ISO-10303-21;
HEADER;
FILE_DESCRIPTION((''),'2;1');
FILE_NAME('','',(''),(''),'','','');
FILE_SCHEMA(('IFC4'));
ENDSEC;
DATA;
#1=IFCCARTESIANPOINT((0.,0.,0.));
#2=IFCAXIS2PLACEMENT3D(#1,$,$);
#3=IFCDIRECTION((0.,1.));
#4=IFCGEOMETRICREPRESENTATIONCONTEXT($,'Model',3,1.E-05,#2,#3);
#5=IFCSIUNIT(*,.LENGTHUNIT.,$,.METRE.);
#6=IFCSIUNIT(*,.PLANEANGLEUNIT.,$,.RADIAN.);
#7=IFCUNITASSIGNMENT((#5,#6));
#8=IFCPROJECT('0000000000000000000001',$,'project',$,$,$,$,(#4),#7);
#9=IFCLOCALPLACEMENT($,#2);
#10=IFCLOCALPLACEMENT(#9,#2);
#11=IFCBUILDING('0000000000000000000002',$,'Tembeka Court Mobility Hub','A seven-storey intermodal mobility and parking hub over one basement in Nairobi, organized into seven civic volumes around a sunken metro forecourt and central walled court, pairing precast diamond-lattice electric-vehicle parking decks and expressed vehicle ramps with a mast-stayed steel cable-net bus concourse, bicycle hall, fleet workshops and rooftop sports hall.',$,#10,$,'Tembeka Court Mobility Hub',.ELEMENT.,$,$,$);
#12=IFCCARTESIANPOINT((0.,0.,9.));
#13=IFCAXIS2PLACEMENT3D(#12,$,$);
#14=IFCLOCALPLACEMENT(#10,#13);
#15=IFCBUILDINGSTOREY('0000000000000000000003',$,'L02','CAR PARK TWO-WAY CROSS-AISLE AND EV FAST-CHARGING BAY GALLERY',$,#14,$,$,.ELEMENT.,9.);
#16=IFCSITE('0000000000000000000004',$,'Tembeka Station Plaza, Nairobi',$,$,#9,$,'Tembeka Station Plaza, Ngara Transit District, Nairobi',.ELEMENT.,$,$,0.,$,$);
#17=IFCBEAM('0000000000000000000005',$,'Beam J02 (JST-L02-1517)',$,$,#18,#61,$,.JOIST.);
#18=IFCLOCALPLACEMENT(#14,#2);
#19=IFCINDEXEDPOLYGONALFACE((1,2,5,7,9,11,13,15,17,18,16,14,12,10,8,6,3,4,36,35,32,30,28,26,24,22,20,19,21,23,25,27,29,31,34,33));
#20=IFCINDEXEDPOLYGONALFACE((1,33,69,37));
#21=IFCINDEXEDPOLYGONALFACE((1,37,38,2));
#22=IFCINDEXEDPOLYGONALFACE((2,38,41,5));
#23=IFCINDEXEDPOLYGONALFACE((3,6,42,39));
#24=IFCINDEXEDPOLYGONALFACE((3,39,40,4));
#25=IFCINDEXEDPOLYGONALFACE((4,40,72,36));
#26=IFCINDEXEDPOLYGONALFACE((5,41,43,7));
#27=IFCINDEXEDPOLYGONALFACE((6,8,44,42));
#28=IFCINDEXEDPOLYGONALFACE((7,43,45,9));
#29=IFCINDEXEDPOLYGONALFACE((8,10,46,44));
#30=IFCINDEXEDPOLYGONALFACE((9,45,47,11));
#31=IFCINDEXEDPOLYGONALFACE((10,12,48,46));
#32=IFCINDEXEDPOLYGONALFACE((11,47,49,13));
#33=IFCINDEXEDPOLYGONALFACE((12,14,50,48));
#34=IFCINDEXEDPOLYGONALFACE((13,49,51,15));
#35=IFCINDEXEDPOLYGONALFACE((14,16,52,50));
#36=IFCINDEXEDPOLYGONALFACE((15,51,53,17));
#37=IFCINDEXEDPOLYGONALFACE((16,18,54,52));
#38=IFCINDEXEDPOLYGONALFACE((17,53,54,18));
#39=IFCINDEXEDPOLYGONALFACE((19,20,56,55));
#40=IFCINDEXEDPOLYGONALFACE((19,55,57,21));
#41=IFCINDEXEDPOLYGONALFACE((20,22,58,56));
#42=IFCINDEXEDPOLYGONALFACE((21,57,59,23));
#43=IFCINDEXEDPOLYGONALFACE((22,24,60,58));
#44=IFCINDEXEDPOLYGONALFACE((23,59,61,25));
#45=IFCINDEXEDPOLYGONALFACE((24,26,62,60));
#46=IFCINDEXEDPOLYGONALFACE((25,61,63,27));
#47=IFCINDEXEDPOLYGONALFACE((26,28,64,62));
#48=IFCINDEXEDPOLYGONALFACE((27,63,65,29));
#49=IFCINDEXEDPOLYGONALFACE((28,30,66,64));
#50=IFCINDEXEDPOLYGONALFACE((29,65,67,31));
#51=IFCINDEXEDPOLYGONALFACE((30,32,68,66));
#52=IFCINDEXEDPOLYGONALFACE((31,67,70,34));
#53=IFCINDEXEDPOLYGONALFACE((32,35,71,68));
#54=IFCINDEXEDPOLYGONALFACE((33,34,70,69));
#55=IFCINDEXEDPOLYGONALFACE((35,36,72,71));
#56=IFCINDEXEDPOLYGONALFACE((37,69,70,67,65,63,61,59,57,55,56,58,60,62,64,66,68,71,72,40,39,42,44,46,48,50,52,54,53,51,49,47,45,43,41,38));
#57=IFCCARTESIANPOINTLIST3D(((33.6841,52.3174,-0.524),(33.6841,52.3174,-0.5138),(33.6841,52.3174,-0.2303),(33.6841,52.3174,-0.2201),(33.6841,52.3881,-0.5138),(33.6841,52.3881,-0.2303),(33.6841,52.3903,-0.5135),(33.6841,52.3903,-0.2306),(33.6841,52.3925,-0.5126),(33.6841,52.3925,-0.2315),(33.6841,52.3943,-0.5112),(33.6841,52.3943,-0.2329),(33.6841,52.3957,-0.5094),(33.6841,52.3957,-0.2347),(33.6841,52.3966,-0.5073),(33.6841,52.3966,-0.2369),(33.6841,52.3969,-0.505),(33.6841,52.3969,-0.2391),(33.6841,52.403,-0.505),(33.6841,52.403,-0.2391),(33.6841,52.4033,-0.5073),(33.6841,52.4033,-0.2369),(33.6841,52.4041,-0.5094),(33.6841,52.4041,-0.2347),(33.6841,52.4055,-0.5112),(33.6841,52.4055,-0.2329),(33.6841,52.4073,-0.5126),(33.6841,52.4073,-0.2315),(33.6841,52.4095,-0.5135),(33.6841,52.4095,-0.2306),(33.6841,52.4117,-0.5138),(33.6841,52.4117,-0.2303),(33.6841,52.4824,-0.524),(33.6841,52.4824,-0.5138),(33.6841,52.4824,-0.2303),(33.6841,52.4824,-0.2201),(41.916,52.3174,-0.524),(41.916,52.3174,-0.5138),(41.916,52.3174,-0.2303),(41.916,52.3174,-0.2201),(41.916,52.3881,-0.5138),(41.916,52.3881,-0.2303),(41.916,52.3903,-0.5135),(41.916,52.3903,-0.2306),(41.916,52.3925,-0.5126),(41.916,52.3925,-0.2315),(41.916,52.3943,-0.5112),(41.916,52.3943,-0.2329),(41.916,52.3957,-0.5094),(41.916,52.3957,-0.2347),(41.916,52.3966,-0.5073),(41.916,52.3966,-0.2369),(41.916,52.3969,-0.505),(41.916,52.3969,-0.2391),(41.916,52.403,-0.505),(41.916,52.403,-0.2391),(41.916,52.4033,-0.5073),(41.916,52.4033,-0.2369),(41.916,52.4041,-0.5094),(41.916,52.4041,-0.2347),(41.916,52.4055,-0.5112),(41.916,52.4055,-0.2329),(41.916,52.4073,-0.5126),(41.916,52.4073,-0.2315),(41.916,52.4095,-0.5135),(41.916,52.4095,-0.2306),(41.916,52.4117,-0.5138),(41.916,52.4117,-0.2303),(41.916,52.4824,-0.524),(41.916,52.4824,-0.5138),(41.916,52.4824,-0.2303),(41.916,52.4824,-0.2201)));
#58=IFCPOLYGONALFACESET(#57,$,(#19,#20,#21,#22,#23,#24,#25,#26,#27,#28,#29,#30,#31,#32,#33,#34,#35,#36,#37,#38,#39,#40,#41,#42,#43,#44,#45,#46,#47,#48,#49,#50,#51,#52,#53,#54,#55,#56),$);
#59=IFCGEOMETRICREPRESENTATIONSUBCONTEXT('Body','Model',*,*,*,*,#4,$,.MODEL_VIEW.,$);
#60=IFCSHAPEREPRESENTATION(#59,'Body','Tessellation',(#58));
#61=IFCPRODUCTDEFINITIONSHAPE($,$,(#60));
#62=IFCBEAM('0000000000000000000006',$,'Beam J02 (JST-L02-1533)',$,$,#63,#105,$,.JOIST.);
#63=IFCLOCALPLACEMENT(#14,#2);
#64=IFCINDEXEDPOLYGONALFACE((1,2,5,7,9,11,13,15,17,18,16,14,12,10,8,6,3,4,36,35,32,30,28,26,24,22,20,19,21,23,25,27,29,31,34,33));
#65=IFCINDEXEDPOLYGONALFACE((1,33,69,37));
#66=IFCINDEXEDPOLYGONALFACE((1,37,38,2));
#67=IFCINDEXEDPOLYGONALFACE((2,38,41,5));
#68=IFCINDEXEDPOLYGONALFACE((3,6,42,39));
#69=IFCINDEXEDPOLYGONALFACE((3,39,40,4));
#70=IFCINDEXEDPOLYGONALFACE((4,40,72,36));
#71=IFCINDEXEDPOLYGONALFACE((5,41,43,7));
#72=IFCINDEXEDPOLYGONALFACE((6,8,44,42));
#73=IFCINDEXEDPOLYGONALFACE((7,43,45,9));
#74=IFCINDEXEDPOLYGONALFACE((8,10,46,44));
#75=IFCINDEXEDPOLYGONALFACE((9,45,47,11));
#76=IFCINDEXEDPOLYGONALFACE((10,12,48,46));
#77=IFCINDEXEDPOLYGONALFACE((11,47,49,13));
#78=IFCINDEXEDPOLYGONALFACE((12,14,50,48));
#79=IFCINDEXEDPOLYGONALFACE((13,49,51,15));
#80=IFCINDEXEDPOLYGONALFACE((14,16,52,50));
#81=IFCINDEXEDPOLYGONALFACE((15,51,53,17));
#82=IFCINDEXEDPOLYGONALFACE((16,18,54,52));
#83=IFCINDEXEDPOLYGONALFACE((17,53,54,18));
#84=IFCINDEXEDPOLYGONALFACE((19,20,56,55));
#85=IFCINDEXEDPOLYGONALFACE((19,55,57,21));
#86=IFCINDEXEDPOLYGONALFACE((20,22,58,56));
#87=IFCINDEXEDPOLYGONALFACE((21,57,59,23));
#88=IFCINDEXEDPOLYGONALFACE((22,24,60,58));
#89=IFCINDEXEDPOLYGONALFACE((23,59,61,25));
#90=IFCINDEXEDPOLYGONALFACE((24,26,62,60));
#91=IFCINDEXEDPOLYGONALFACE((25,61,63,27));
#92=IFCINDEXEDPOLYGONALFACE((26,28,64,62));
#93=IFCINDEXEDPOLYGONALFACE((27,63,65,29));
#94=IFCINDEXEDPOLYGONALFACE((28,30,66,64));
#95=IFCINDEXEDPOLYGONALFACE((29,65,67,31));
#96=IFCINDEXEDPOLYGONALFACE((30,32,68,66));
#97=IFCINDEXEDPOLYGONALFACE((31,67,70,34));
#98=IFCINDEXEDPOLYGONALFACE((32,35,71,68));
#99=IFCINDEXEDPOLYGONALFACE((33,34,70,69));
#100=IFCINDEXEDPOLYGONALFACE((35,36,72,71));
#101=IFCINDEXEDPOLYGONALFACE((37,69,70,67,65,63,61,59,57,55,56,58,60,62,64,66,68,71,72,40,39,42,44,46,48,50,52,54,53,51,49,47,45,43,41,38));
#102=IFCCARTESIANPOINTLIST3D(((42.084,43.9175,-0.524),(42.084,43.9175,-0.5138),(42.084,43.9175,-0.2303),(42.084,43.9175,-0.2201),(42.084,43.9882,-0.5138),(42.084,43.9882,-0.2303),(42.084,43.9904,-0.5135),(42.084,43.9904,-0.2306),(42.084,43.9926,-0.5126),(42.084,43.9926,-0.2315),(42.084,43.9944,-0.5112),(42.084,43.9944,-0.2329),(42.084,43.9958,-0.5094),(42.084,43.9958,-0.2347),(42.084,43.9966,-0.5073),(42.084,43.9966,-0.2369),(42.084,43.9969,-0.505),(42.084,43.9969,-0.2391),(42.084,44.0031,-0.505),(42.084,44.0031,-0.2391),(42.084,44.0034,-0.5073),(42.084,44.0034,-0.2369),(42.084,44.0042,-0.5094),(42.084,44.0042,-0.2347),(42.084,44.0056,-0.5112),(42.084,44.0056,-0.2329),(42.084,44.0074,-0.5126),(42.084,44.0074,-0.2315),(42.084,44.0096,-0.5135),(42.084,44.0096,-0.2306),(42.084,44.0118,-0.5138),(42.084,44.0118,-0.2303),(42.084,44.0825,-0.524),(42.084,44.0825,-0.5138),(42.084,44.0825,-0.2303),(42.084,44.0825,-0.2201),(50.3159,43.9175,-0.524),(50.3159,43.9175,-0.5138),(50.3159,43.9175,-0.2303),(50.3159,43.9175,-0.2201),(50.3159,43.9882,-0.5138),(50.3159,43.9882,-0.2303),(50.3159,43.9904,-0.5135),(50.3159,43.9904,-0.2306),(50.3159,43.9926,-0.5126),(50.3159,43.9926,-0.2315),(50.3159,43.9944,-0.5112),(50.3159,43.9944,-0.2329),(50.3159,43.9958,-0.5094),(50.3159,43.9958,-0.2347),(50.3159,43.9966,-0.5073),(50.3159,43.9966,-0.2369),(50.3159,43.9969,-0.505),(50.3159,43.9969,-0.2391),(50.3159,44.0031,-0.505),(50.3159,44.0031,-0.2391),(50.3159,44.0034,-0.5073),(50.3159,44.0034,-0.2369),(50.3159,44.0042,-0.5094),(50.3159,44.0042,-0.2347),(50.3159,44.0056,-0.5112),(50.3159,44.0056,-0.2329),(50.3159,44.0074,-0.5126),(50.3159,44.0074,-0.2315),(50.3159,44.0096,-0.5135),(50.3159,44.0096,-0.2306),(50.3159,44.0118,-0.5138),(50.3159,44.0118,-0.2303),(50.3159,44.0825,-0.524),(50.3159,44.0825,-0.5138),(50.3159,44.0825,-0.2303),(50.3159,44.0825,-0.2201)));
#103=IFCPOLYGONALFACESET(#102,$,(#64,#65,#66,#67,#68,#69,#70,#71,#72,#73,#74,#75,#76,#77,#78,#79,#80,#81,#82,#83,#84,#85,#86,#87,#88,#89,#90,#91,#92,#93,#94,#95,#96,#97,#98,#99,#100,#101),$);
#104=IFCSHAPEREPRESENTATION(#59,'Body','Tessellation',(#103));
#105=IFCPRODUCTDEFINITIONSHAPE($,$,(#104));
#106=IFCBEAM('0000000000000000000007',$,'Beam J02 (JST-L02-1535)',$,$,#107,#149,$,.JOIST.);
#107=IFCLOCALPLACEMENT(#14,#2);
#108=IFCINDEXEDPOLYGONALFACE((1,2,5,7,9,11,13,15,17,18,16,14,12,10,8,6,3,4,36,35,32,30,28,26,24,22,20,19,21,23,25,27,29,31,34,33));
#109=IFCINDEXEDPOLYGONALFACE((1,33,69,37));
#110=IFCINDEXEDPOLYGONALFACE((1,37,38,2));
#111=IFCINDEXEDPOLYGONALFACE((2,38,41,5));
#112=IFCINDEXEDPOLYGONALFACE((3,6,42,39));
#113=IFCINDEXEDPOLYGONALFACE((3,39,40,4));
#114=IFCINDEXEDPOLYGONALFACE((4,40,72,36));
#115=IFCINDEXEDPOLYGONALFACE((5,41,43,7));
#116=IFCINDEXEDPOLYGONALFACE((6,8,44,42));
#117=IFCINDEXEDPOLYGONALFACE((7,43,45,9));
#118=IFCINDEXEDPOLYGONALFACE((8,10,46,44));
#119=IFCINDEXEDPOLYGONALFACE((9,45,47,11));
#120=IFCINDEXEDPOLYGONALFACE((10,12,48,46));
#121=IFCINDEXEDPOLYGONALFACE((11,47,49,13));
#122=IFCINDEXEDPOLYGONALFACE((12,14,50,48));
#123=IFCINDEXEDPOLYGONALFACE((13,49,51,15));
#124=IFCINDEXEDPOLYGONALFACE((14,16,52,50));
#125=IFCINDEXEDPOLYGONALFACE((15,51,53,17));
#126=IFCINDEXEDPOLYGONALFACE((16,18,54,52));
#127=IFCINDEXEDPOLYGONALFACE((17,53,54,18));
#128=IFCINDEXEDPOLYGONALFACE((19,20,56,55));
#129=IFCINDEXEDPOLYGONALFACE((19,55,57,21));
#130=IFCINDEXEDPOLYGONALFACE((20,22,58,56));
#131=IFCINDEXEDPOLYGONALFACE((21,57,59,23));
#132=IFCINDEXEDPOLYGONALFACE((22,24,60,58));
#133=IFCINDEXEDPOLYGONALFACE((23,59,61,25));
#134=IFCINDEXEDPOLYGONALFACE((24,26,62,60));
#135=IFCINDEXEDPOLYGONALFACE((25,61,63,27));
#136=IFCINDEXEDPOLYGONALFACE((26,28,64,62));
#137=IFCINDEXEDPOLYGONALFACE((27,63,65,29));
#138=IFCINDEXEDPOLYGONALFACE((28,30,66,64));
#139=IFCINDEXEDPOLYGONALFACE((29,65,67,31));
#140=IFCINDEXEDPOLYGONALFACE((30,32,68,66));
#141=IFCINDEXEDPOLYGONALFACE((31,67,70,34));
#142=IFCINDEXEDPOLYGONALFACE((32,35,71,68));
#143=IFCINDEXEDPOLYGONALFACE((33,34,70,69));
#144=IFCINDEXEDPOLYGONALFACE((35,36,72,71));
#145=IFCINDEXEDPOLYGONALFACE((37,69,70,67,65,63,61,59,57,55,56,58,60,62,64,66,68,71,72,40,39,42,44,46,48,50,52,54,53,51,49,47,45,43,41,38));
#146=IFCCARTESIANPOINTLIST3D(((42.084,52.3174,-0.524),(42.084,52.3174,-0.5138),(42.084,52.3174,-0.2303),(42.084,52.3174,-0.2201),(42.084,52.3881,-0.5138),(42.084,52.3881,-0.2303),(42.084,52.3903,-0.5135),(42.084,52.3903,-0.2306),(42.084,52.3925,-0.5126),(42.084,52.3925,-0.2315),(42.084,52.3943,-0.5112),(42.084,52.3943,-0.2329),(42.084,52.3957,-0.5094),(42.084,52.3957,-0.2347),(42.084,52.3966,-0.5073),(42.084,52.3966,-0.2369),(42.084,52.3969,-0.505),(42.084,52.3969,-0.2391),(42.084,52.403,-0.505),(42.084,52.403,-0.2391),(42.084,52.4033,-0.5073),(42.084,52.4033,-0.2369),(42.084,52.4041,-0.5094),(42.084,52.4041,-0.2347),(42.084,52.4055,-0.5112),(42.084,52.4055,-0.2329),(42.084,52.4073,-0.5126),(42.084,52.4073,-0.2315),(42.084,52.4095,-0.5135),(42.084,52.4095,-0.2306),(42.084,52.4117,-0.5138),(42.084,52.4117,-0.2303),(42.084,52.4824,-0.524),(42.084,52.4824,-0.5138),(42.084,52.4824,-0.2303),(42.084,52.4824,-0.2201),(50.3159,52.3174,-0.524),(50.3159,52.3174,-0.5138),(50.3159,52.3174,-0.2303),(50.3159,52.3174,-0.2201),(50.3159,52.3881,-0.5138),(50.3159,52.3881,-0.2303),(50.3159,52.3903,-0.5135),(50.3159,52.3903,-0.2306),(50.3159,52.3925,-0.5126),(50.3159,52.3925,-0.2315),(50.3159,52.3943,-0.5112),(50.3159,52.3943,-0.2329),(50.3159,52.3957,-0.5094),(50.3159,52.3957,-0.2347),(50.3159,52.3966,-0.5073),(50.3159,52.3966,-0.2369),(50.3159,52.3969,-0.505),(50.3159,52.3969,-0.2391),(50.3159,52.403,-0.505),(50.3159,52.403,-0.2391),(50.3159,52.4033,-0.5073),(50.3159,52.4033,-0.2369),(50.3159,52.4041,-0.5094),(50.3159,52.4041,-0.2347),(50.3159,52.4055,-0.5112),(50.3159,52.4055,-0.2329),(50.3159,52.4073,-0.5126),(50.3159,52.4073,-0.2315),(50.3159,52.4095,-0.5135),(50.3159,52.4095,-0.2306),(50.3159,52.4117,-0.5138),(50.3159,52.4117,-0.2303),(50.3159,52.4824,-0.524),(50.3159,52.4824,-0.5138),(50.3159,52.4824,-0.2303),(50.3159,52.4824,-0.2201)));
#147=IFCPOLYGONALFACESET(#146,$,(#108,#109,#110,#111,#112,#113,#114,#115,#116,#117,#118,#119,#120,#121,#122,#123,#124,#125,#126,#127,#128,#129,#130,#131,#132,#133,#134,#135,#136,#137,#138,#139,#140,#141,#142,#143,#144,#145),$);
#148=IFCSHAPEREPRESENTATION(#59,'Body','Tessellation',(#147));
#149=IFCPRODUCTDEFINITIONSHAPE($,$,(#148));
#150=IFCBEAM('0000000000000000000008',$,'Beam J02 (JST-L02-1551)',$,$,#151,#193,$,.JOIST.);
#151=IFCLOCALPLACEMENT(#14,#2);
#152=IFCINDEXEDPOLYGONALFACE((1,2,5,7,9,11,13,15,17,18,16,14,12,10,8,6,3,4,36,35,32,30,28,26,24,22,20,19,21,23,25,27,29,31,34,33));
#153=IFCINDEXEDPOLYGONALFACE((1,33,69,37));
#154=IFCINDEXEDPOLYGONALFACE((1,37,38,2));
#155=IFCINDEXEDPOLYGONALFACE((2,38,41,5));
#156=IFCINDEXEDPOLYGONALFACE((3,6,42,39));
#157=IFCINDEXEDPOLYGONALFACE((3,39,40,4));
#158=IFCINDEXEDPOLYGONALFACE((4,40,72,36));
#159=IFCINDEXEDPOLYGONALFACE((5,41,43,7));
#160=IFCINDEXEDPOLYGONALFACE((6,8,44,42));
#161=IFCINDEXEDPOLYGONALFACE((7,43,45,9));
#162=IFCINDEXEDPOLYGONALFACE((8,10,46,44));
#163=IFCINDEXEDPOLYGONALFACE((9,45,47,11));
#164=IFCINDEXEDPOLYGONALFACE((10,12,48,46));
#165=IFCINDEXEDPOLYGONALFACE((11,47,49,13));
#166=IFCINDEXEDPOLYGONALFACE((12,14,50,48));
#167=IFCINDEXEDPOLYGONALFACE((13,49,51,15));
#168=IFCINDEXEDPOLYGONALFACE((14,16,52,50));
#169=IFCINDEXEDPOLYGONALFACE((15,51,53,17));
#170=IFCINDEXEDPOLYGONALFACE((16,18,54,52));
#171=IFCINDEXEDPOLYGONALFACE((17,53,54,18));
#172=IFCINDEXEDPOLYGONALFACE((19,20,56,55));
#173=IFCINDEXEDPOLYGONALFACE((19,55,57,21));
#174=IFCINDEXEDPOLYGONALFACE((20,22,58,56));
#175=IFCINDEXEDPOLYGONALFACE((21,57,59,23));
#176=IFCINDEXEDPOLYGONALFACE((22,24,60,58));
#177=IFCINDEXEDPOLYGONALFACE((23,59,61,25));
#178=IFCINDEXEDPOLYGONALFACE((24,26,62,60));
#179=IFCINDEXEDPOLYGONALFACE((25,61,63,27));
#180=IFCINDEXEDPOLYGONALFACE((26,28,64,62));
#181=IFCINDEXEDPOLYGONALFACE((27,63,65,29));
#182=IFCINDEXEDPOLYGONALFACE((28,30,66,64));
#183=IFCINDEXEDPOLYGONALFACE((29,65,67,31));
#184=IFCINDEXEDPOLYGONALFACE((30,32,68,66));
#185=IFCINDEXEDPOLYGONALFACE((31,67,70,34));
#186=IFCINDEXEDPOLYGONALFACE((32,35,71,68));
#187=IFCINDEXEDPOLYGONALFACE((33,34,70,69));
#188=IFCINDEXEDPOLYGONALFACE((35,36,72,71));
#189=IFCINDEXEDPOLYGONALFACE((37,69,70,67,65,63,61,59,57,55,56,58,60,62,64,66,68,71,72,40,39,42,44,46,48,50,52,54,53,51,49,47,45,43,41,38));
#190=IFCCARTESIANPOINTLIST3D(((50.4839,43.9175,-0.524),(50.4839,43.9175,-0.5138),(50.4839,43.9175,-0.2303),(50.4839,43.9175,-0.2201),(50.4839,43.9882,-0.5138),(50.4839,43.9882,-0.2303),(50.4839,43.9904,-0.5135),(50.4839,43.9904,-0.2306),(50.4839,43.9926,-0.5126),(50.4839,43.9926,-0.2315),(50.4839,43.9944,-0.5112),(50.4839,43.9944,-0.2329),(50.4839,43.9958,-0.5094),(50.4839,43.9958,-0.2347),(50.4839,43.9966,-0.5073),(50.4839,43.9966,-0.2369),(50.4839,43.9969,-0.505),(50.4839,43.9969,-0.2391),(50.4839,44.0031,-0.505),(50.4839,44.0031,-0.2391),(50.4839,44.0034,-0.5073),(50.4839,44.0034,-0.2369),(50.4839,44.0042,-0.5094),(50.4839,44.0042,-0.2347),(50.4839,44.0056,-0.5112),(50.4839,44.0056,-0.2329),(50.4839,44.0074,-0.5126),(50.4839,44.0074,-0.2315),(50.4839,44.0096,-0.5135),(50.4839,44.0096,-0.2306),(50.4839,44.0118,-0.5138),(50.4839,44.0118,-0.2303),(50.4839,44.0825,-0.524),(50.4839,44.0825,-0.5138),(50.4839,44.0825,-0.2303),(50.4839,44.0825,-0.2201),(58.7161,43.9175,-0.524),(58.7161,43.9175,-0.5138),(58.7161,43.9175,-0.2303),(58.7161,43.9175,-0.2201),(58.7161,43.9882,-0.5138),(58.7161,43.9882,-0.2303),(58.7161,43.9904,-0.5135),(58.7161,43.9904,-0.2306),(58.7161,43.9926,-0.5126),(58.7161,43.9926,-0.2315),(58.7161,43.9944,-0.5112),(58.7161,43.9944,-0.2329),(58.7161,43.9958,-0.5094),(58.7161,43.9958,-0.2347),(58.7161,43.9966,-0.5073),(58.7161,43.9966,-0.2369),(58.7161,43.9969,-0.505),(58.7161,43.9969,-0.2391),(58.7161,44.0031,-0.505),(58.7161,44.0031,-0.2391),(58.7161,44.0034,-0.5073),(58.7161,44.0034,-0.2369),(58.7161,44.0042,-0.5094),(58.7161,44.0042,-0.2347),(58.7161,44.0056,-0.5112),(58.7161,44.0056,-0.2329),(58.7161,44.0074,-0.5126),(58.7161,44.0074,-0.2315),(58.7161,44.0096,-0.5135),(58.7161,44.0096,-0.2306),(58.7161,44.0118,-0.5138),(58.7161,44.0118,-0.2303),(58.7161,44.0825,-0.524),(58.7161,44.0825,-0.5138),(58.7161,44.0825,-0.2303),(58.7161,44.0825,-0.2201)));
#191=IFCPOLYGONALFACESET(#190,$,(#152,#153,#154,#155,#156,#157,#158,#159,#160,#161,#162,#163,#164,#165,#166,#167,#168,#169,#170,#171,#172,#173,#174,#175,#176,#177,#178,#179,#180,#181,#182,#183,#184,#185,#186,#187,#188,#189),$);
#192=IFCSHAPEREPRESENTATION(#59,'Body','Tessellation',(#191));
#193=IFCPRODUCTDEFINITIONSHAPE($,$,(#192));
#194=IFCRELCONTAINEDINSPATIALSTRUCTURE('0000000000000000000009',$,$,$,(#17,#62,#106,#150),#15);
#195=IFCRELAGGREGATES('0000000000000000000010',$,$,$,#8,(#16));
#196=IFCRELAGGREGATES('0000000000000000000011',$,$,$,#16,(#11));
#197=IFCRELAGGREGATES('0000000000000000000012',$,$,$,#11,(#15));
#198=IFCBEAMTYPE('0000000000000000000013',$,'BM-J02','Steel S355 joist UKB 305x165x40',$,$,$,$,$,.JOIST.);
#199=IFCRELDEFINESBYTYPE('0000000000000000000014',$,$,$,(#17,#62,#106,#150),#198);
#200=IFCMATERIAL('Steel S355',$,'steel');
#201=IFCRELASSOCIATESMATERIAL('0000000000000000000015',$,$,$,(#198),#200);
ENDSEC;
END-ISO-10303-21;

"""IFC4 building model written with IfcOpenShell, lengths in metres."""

from ifc_helpers import new_model, si_unit, direction, frame, origin, origin_2d, place, context, subcontext, project, spatial, i_section, extrude, material, material_profile, profile_set, type_object, element, save


model = new_model("IFC4")

# Units and contexts
model_context = context("Model", 3, precision=1e-05, world=origin(), true_north=direction((0.0, 1.0)))
body_context = subcontext(model_context, "Body", "Model", "MODEL_VIEW")
ifc_project = project(units=[si_unit("LENGTHUNIT", "METRE"), si_unit("PLANEANGLEUNIT", "RADIAN")], contexts=[model_context])

# Site, building, storey
site_placement = place(None, origin())
site = spatial("IfcSite", under=ifc_project, at=site_placement, Name="Tembeka Station Plaza, Nairobi", LongName="Tembeka Station Plaza, Ngara Transit District, Nairobi", CompositionType="ELEMENT", RefElevation=0.0)
building_placement = place(site_placement, origin())
building = spatial("IfcBuilding", under=site, at=building_placement, Name="Tembeka Court Mobility Hub", Description="A seven-storey intermodal mobility and parking hub over one basement in Nairobi, organized into seven civic volumes around a sunken metro forecourt and central walled court, pairing precast diamond-lattice electric-vehicle parking decks and expressed vehicle ramps with a mast-stayed steel cable-net bus concourse, bicycle hall, fleet workshops and rooftop sports hall.", LongName="Tembeka Court Mobility Hub", CompositionType="ELEMENT")
storey_placement = place(building_placement, frame((0.0, 0.0, 9.0)))
storey = spatial("IfcBuildingStorey", under=building, at=storey_placement, Name="L02", Description="CAR PARK TWO-WAY CROSS-AISLE AND EV FAST-CHARGING BAY GALLERY", CompositionType="ELEMENT", Elevation=9.0)

# Shared definitions
ifc_material_1 = material(Name="Steel S355", Category="steel")

# Beams
ifc_material_profile_1 = material_profile(ifc_material_1, i_section(OverallWidth=0.165, OverallDepth=0.304, WebThickness=0.0061, FlangeThickness=0.0103, FilletRadius=0.0088, at=origin_2d()), Name="UKB 305x165x40")
ifc_profile_set_1 = profile_set([ifc_material_profile_1], Name="Steel S355")
beam_type_1 = type_object("IfcBeamType", Name="BM-J02", Description="Steel S355 joist UKB 305x165x40", PredefinedType="JOIST", material=ifc_profile_set_1)
for number, where, z_axis, x_axis, name in (
    (1, (33.6841, 52.3999, -0.3721), (1.0, 0.0, 0.0), (0.0, 1.0, 0.0), "Beam J02 (JST-L02-1517)"),
    (2, (42.084, 44.0, -0.3721), (1.0, 0.0, 0.0), (0.0, 1.0, 0.0), "Beam J02 (JST-L02-1533)"),
    (3, (42.084, 52.3999, -0.3721), (1.0, 0.0, 0.0), (0.0, 1.0, 0.0), "Beam J02 (JST-L02-1535)"),
):
    element("IfcBeam", number, at=place(storey_placement, frame(where, z_axis=z_axis, x_axis=x_axis)), inside=storey, type_object=beam_type_1, Name=name, PredefinedType="JOIST", context=body_context, shape_type="SweptSolid", body=[
        extrude(i_section(OverallWidth=0.165, OverallDepth=0.304, WebThickness=0.0061, FlangeThickness=0.0103, FilletRadius=0.0088, at=origin_2d()), origin(), (0.0, 0.0, 1.0), 8.2319),
    ])
for number, where, z_axis, x_axis, name in (
    (4, (50.4839, 44.0, -0.3721), (1.0, 0.0, 0.0), (0.0, 1.0, 0.0), "Beam J02 (JST-L02-1551)"),
):
    element("IfcBeam", number, at=place(storey_placement, frame(where, z_axis=z_axis, x_axis=x_axis)), inside=storey, type_object=beam_type_1, Name=name, PredefinedType="JOIST", context=body_context, shape_type="SweptSolid", body=[
        extrude(i_section(OverallWidth=0.165, OverallDepth=0.304, WebThickness=0.0061, FlangeThickness=0.0103, FilletRadius=0.0088, at=origin_2d()), origin(), (0.0, 0.0, 1.0), 8.2322),
    ])

save(model, "model.ifc")
